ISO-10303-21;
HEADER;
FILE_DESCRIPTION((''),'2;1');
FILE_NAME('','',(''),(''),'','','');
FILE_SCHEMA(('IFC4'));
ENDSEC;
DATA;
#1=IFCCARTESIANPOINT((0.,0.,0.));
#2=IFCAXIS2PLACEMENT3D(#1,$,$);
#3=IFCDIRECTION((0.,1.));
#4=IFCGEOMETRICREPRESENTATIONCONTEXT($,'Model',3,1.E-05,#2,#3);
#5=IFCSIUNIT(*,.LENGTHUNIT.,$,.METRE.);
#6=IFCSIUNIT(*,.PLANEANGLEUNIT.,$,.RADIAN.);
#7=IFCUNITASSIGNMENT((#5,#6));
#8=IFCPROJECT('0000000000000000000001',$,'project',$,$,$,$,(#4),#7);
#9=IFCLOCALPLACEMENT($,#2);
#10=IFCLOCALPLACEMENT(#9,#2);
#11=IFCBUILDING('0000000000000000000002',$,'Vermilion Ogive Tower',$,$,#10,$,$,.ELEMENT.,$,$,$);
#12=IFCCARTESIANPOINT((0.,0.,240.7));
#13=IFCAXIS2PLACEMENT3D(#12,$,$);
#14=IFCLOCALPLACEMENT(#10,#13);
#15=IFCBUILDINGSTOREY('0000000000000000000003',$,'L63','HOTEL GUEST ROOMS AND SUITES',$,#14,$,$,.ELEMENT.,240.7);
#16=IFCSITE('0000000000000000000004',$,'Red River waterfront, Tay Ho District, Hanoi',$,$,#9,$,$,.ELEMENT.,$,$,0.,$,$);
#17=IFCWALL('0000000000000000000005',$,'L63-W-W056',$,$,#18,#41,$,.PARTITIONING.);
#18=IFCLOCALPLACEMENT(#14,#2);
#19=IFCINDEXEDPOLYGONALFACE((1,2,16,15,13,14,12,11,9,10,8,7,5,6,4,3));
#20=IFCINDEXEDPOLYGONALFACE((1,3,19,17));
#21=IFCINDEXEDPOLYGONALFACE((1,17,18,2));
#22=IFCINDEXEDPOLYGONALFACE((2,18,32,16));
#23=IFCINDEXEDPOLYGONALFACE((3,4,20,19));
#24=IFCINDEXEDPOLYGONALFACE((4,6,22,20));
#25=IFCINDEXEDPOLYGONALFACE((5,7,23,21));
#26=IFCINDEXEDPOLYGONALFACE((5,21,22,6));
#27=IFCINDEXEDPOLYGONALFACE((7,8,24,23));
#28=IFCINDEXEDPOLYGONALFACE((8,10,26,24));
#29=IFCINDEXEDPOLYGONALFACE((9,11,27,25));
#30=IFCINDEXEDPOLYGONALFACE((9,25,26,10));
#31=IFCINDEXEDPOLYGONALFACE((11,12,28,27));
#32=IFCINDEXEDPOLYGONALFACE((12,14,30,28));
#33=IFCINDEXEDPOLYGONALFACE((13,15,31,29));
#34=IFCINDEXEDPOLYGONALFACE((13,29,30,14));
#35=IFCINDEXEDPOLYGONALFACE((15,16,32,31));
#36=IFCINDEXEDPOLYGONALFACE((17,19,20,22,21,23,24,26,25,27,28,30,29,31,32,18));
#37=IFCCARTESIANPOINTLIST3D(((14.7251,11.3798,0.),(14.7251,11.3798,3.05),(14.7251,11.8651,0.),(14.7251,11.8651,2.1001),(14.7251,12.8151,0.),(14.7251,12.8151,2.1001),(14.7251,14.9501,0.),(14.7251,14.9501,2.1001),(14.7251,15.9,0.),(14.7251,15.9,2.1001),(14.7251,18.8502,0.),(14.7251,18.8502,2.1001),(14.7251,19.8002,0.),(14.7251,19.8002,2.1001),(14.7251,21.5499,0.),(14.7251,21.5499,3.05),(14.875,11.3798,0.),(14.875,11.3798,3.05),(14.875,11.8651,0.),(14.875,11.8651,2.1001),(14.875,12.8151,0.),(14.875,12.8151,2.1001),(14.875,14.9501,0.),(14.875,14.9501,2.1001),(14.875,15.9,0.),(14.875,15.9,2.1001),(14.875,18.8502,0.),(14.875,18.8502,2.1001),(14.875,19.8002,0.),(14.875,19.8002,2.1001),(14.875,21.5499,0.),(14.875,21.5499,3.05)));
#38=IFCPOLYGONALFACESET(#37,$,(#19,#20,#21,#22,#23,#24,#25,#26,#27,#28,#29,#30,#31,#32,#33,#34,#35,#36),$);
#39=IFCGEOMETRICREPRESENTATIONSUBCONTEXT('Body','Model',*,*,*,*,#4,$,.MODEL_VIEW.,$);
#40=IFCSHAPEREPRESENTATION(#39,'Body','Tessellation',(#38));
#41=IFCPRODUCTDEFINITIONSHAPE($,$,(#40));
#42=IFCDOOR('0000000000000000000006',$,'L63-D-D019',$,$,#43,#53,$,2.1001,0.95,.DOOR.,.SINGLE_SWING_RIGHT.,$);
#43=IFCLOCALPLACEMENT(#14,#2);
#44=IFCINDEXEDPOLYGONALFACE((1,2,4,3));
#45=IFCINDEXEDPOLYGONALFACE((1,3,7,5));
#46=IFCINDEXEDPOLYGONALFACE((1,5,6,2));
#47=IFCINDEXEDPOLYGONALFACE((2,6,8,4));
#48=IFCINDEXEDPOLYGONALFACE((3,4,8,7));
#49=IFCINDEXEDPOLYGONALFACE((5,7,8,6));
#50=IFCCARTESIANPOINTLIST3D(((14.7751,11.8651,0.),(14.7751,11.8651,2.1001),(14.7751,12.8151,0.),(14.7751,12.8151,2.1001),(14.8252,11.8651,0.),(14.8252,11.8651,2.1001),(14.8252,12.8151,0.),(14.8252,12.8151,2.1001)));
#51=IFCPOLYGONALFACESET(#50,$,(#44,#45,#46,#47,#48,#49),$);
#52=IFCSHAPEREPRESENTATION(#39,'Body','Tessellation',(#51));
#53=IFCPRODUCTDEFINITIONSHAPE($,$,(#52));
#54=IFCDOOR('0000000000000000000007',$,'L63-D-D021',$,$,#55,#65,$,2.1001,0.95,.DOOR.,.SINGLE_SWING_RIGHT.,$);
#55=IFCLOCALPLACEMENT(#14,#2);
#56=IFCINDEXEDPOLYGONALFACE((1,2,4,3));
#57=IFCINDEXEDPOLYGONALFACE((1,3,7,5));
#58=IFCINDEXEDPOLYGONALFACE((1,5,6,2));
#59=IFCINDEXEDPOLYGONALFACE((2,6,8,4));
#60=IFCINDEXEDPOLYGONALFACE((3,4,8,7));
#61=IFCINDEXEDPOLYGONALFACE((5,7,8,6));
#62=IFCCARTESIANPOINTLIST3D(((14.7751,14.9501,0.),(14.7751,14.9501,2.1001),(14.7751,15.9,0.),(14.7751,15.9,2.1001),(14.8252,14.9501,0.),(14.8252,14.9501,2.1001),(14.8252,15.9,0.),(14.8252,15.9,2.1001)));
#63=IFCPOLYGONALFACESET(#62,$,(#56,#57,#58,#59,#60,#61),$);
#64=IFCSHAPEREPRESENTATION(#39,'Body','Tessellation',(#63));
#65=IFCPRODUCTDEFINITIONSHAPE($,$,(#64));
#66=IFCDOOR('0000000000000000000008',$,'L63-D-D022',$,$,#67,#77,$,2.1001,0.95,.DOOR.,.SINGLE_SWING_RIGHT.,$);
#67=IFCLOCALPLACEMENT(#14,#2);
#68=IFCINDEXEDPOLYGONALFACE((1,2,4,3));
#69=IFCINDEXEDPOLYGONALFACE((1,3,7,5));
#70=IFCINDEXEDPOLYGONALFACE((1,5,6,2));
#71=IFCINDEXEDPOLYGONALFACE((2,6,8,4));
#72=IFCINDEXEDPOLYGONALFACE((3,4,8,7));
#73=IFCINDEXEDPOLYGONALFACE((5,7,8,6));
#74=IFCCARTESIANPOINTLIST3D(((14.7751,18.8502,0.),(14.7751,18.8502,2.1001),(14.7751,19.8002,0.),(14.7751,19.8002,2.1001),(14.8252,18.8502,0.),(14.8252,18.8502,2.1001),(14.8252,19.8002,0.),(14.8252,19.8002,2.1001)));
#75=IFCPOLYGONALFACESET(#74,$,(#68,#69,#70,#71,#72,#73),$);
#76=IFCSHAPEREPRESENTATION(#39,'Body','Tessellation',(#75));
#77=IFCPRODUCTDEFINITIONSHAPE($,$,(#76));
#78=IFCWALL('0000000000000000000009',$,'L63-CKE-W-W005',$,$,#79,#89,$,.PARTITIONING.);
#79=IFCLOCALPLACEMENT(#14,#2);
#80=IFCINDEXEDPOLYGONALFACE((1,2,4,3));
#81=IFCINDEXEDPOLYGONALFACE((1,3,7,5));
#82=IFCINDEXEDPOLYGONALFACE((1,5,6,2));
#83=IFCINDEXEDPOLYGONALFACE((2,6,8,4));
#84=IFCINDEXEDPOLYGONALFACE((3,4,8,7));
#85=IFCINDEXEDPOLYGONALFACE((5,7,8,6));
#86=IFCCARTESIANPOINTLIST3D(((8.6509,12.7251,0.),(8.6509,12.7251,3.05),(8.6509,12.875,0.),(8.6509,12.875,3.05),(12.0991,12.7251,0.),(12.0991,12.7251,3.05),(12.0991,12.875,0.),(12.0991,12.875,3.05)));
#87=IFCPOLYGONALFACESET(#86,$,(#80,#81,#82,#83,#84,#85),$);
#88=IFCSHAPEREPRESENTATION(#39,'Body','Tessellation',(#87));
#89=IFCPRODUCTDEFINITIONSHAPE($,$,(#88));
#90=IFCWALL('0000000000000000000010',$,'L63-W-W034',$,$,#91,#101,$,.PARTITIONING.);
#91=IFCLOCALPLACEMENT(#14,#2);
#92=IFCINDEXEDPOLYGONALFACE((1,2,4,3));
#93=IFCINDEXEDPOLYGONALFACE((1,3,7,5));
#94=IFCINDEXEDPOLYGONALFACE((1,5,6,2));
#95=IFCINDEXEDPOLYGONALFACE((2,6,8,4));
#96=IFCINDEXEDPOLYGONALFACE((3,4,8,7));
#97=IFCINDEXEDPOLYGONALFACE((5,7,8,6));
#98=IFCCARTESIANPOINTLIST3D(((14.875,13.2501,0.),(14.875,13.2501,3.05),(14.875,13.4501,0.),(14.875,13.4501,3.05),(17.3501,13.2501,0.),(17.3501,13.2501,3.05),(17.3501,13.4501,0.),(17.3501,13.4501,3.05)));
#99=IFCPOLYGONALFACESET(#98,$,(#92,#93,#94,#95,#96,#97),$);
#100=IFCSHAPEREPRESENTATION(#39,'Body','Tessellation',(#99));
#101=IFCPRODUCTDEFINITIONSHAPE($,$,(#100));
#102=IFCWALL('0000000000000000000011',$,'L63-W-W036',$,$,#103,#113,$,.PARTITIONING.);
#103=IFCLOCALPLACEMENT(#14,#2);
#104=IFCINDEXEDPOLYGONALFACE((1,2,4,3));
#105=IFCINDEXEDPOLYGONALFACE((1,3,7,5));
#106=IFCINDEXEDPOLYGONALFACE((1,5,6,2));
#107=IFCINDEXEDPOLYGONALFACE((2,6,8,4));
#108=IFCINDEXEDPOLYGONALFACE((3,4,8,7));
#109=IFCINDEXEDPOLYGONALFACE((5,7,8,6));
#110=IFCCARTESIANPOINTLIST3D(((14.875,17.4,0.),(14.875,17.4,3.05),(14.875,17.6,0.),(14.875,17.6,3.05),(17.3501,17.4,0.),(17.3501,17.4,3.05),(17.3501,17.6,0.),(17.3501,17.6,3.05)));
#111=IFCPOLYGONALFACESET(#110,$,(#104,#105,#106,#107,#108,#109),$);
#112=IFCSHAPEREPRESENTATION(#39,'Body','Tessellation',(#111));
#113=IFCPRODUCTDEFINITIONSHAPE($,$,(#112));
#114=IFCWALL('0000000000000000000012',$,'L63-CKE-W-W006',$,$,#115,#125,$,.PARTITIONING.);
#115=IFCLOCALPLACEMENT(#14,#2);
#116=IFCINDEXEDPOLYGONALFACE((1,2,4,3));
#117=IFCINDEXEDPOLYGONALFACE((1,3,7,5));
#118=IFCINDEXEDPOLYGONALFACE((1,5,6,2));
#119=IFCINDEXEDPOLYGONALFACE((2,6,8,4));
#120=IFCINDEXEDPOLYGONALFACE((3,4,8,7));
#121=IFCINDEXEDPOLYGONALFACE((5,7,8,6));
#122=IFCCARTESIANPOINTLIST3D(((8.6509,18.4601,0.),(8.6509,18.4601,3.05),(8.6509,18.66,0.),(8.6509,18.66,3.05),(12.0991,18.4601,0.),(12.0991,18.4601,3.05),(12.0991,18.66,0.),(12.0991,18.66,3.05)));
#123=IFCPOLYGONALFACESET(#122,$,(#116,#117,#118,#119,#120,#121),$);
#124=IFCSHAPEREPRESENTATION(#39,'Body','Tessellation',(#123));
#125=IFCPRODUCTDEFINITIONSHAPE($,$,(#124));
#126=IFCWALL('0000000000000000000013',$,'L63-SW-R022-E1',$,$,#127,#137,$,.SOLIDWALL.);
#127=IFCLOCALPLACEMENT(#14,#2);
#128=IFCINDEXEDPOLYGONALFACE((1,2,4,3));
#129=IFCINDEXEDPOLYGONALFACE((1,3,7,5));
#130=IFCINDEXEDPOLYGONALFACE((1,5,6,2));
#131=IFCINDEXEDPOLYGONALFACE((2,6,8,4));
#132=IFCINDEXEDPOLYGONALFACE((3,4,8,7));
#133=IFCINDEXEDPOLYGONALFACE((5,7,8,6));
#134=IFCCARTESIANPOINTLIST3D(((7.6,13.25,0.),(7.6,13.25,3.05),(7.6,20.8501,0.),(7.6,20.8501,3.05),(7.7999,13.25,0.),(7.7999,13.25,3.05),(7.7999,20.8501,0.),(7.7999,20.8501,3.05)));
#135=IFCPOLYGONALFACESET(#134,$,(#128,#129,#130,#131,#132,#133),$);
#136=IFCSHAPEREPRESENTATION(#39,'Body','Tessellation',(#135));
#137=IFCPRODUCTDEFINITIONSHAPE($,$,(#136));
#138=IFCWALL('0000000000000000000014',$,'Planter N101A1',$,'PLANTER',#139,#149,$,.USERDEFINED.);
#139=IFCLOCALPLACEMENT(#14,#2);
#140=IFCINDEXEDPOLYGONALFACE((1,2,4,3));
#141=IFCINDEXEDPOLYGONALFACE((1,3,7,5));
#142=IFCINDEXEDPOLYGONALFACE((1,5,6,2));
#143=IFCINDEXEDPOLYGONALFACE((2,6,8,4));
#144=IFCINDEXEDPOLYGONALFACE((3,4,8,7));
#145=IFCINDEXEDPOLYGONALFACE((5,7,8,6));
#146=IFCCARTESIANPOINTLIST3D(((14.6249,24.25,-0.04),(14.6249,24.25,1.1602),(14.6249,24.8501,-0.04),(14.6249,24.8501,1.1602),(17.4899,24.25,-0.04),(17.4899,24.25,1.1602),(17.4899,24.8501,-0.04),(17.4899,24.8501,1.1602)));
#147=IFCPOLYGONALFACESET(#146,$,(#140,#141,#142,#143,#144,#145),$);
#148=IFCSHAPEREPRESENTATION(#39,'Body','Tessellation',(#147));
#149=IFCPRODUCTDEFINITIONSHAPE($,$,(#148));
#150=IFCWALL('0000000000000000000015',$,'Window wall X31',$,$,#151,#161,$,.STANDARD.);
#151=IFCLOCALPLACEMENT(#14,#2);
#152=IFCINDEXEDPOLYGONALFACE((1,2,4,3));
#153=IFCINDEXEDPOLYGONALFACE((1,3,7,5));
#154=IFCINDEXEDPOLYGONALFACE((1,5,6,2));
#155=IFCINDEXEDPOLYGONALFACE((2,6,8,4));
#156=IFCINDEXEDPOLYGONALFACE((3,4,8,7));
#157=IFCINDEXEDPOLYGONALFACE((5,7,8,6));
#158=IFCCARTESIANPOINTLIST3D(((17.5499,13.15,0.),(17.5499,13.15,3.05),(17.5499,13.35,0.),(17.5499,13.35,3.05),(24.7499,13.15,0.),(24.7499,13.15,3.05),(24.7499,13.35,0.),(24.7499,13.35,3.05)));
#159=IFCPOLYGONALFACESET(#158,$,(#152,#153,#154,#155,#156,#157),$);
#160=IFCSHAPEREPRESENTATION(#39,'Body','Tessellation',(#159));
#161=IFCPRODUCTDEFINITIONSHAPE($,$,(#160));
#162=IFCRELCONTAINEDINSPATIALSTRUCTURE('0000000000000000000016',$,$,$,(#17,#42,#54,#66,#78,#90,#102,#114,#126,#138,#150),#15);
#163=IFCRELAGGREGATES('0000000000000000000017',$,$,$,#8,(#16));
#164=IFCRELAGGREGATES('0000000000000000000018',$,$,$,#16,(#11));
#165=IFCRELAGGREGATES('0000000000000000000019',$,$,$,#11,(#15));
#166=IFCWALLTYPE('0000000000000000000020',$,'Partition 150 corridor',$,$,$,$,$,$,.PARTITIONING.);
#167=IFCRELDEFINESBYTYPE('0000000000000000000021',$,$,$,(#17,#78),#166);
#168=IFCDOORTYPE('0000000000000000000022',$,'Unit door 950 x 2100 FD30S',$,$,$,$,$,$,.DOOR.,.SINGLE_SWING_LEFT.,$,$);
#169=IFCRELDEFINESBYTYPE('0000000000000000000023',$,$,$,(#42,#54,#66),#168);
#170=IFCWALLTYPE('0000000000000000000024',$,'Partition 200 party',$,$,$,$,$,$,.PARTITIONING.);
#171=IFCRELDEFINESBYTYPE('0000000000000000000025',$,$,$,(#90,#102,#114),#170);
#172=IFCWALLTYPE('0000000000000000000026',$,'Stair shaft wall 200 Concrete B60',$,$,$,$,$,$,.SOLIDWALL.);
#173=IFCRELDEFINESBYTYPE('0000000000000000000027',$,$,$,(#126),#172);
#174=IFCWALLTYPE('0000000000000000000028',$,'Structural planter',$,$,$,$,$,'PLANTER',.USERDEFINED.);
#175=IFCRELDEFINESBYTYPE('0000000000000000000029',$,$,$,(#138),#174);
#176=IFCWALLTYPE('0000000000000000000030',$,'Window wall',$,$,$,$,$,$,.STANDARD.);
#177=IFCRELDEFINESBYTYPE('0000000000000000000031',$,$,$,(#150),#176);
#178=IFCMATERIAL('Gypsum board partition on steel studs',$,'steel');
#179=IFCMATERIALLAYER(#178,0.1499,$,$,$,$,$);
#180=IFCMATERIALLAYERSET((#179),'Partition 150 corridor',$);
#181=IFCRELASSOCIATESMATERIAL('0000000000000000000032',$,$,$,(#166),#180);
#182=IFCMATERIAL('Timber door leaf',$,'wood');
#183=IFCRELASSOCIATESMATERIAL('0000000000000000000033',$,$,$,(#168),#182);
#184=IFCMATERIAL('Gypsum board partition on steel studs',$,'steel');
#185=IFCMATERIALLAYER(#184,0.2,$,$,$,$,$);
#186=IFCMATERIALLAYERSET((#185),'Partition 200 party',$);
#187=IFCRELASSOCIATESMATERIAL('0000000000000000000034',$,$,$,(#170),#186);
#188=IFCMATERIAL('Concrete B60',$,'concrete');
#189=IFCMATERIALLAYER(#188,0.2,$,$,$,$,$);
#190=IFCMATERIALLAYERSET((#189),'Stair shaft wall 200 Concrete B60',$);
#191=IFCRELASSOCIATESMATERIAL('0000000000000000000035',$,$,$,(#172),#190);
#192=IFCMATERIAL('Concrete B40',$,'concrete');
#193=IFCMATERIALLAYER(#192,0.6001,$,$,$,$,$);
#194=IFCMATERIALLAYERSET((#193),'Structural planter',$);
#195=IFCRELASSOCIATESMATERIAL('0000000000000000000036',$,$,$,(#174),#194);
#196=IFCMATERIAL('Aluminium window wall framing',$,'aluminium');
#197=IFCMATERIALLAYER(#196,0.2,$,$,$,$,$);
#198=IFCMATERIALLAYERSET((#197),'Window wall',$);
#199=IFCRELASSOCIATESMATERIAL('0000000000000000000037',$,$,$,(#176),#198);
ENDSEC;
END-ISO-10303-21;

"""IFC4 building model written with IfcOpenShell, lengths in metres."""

from ifc_helpers import new_model, si_unit, direction, frame, frame_2d, origin, place, context, subcontext, project, spatial, rectangle, extrude, material, layer, layer_set, type_object, element, fill, save


model = new_model("IFC4")

# Units and contexts
model_context = context("Model", 3, precision=1e-05, world=origin(), true_north=direction((0.0, 1.0)))
body_context = subcontext(model_context, "Body", "Model", "MODEL_VIEW")
ifc_project = project(units=[si_unit("LENGTHUNIT", "METRE"), si_unit("PLANEANGLEUNIT", "RADIAN")], contexts=[model_context])

# Site, building, storey
site_placement = place(None, origin())
site = spatial("IfcSite", under=ifc_project, at=site_placement, Name="Red River waterfront, Tay Ho District, Hanoi", CompositionType="ELEMENT", RefElevation=0.0)
building_placement = place(site_placement, origin())
building = spatial("IfcBuilding", under=site, at=building_placement, Name="Vermilion Ogive Tower", CompositionType="ELEMENT")
storey_placement = place(building_placement, frame((0.0, 0.0, 240.7)))
storey = spatial("IfcBuildingStorey", under=building, at=storey_placement, Name="L63", Description="HOTEL GUEST ROOMS AND SUITES", CompositionType="ELEMENT", Elevation=240.7)

# Wall, openings, doors
ifc_material_1 = material(Name="Gypsum board partition on steel studs", Category="steel")
ifc_layer_1 = layer(ifc_material_1, 0.1499)
ifc_layer_set_1 = layer_set([ifc_layer_1], Name="Partition 150 corridor")
wall_type_1 = type_object("IfcWallType", Name="Partition 150 corridor", PredefinedType="PARTITIONING", material=ifc_layer_set_1)
wall_1_placement = place(storey_placement, frame((14.8, 11.3799, 0.0), z_axis=(0.0, 0.0, 1.0), x_axis=(0.0, 1.0, 0.0)))
wall_1 = element("IfcWall", 1, at=wall_1_placement, inside=storey, type_object=wall_type_1, Name="L63-W-W056", PredefinedType="PARTITIONING", context=body_context, shape_type="SweptSolid", body=[
    extrude(rectangle(XDim=10.1702, YDim=0.1499, at=frame_2d((5.085, 0.0))), origin(), (0.0, 0.0, 1.0), 3.05),
])
opening_1_placement = place(wall_1_placement, frame((0.4851, 0.0, 0.0)))
opening_1 = element("IfcOpeningElement", 2, at=opening_1_placement, cuts=wall_1, PredefinedType="OPENING", context=body_context, shape_type="SweptSolid", body=[
    extrude(rectangle(XDim=0.95, YDim=2.1001, at=frame_2d((0.4751, 1.05))), frame((0.0, 0.085, 0.0), z_axis=(0.0, -1.0, 0.0), x_axis=(1.0, 0.0, 0.0)), (0.0, 0.0, 1.0), 0.1699),
])
opening_2_placement = place(wall_1_placement, frame((3.5701, 0.0, 0.0)))
opening_2 = element("IfcOpeningElement", 3, at=opening_2_placement, cuts=wall_1, PredefinedType="OPENING", context=body_context, shape_type="SweptSolid", body=[
    extrude(rectangle(XDim=0.95, YDim=2.1001, at=frame_2d((0.4751, 1.05))), frame((0.0, 0.085, 0.0), z_axis=(0.0, -1.0, 0.0), x_axis=(1.0, 0.0, 0.0)), (0.0, 0.0, 1.0), 0.1699),
])
opening_3_placement = place(wall_1_placement, frame((7.4702, 0.0, 0.0)))
opening_3 = element("IfcOpeningElement", 4, at=opening_3_placement, cuts=wall_1, PredefinedType="OPENING", context=body_context, shape_type="SweptSolid", body=[
    extrude(rectangle(XDim=0.95, YDim=2.1001, at=frame_2d((0.4751, 1.05))), frame((0.0, 0.085, 0.0), z_axis=(0.0, -1.0, 0.0), x_axis=(1.0, 0.0, 0.0)), (0.0, 0.0, 1.0), 0.1699),
])
ifc_material_2 = material(Name="Timber door leaf", Category="wood")
door_type_1 = type_object("IfcDoorType", Name="Unit door 950 x 2100 FD30S", OperationType="SINGLE_SWING_LEFT", PredefinedType="DOOR", material=ifc_material_2)
door_1_placement = place(opening_1_placement, origin())
door_1 = element("IfcDoor", 5, at=door_1_placement, inside=storey, type_object=door_type_1, Name="L63-D-D019", OperationType="SINGLE_SWING_RIGHT", OverallHeight=2.1001, OverallWidth=0.95, PredefinedType="DOOR", context=body_context, shape_type="SweptSolid", body=[
    extrude(rectangle(XDim=0.95, YDim=2.1001, at=frame_2d((0.4751, 1.05))), frame((0.0, 0.0249, 0.0), z_axis=(0.0, -1.0, 0.0), x_axis=(1.0, 0.0, 0.0)), (0.0, 0.0, 1.0), 0.05),
])
fill(opening_1, door_1)
door_2_placement = place(opening_2_placement, origin())
door_2 = element("IfcDoor", 6, at=door_2_placement, inside=storey, type_object=door_type_1, Name="L63-D-D021", OperationType="SINGLE_SWING_RIGHT", OverallHeight=2.1001, OverallWidth=0.95, PredefinedType="DOOR", context=body_context, shape_type="SweptSolid", body=[
    extrude(rectangle(XDim=0.95, YDim=2.1001, at=frame_2d((0.4751, 1.05))), frame((0.0, 0.0249, 0.0), z_axis=(0.0, -1.0, 0.0), x_axis=(1.0, 0.0, 0.0)), (0.0, 0.0, 1.0), 0.05),
])
fill(opening_2, door_2)
door_3_placement = place(opening_3_placement, origin())
door_3 = element("IfcDoor", 7, at=door_3_placement, inside=storey, type_object=door_type_1, Name="L63-D-D022", OperationType="SINGLE_SWING_RIGHT", OverallHeight=2.1001, OverallWidth=0.95, PredefinedType="DOOR", context=body_context, shape_type="SweptSolid", body=[
    extrude(rectangle(XDim=0.95, YDim=2.1001, at=frame_2d((0.4751, 1.05))), frame((0.0, 0.0249, 0.0), z_axis=(0.0, -1.0, 0.0), x_axis=(1.0, 0.0, 0.0)), (0.0, 0.0, 1.0), 0.05),
])
fill(opening_3, door_3)

# Walls
wall_2_placement = place(storey_placement, frame((8.6509, 12.8, 0.0), z_axis=(0.0, 0.0, 1.0), x_axis=(1.0, 0.0, 0.0)))
element("IfcWall", 8, at=wall_2_placement, inside=storey, type_object=wall_type_1, Name="L63-CKE-W-W005", PredefinedType="PARTITIONING", context=body_context, shape_type="SweptSolid", body=[
    extrude(rectangle(XDim=3.4482, YDim=0.1499, at=frame_2d((1.7241, 0.0))), origin(), (0.0, 0.0, 1.0), 3.05),
])
ifc_material_3 = material(Name="Gypsum board partition on steel studs", Category="steel")
ifc_layer_2 = layer(ifc_material_3, 0.2)
ifc_layer_set_2 = layer_set([ifc_layer_2], Name="Partition 200 party")
wall_type_2 = type_object("IfcWallType", Name="Partition 200 party", PredefinedType="PARTITIONING", material=ifc_layer_set_2)
for number, where, z_axis, x_axis, name in (
    (9, (14.875, 13.3501, 0.0), (0.0, 0.0, 1.0), (1.0, 0.0, 0.0), "L63-W-W034"),
    (10, (14.875, 17.5, 0.0), (0.0, 0.0, 1.0), (1.0, 0.0, 0.0), "L63-W-W036"),
):
    element("IfcWall", number, at=place(storey_placement, frame(where, z_axis=z_axis, x_axis=x_axis)), inside=storey, type_object=wall_type_2, Name=name, PredefinedType="PARTITIONING", context=body_context, shape_type="SweptSolid", body=[
        extrude(rectangle(XDim=2.4751, YDim=0.2, at=frame_2d((1.2375, 0.0))), origin(), (0.0, 0.0, 1.0), 3.05),
    ])
wall_3_placement = place(storey_placement, frame((8.6509, 18.5601, 0.0), z_axis=(0.0, 0.0, 1.0), x_axis=(1.0, 0.0, 0.0)))
element("IfcWall", 11, at=wall_3_placement, inside=storey, type_object=wall_type_2, Name="L63-CKE-W-W006", PredefinedType="PARTITIONING", context=body_context, shape_type="SweptSolid", body=[
    extrude(rectangle(XDim=3.4482, YDim=0.2, at=frame_2d((1.7241, 0.0))), origin(), (0.0, 0.0, 1.0), 3.05),
])
ifc_material_4 = material(Name="Concrete B60", Category="concrete")
ifc_layer_3 = layer(ifc_material_4, 0.2)
ifc_layer_set_3 = layer_set([ifc_layer_3], Name="Stair shaft wall 200 Concrete B60")
wall_type_3 = type_object("IfcWallType", Name="Stair shaft wall 200 Concrete B60", PredefinedType="SOLIDWALL", material=ifc_layer_set_3)
wall_4_placement = place(storey_placement, frame((7.7, 13.25, 0.0), z_axis=(0.0, 0.0, 1.0), x_axis=(0.0, 1.0, 0.0)))
element("IfcWall", 12, at=wall_4_placement, inside=storey, type_object=wall_type_3, Name="L63-SW-R022-E1", PredefinedType="SOLIDWALL", context=body_context, shape_type="SweptSolid", body=[
    extrude(rectangle(XDim=7.6001, YDim=0.2, at=frame_2d((3.8, 0.0))), origin(), (0.0, 0.0, 1.0), 3.05),
])
ifc_material_5 = material(Name="Concrete B40", Category="concrete")
ifc_layer_4 = layer(ifc_material_5, 0.6001)
ifc_layer_set_4 = layer_set([ifc_layer_4], Name="Structural planter")
wall_type_4 = type_object("IfcWallType", Name="Structural planter", ElementType="PLANTER", PredefinedType="USERDEFINED", material=ifc_layer_set_4)
wall_5_placement = place(storey_placement, frame((17.49, 24.55, -0.04), z_axis=(0.0, 0.0, 1.0), x_axis=(-1.0, 0.0, 0.0)))
element("IfcWall", 13, at=wall_5_placement, inside=storey, type_object=wall_type_4, Name="Planter N101A1", ObjectType="PLANTER", PredefinedType="USERDEFINED", context=body_context, shape_type="SweptSolid", body=[
    extrude(rectangle(XDim=2.865, YDim=0.6001, at=frame_2d((1.4326, 0.0))), origin(), (0.0, 0.0, 1.0), 1.2002),
])
ifc_material_6 = material(Name="Aluminium window wall framing", Category="aluminium")
ifc_layer_5 = layer(ifc_material_6, 0.2)
ifc_layer_set_5 = layer_set([ifc_layer_5], Name="Window wall")
wall_type_5 = type_object("IfcWallType", Name="Window wall", PredefinedType="STANDARD", material=ifc_layer_set_5)
wall_6_placement = place(storey_placement, frame((24.75, 13.25, 0.0), z_axis=(0.0, 0.0, 1.0), x_axis=(-1.0, 0.0, 0.0)))
element("IfcWall", 14, at=wall_6_placement, inside=storey, type_object=wall_type_5, Name="Window wall X31", PredefinedType="STANDARD", context=body_context, shape_type="SweptSolid", body=[
    extrude(rectangle(XDim=7.2, YDim=0.2, at=frame_2d((3.6001, 0.0))), origin(), (0.0, 0.0, 1.0), 3.05),
])

save(model, "model.ifc")
